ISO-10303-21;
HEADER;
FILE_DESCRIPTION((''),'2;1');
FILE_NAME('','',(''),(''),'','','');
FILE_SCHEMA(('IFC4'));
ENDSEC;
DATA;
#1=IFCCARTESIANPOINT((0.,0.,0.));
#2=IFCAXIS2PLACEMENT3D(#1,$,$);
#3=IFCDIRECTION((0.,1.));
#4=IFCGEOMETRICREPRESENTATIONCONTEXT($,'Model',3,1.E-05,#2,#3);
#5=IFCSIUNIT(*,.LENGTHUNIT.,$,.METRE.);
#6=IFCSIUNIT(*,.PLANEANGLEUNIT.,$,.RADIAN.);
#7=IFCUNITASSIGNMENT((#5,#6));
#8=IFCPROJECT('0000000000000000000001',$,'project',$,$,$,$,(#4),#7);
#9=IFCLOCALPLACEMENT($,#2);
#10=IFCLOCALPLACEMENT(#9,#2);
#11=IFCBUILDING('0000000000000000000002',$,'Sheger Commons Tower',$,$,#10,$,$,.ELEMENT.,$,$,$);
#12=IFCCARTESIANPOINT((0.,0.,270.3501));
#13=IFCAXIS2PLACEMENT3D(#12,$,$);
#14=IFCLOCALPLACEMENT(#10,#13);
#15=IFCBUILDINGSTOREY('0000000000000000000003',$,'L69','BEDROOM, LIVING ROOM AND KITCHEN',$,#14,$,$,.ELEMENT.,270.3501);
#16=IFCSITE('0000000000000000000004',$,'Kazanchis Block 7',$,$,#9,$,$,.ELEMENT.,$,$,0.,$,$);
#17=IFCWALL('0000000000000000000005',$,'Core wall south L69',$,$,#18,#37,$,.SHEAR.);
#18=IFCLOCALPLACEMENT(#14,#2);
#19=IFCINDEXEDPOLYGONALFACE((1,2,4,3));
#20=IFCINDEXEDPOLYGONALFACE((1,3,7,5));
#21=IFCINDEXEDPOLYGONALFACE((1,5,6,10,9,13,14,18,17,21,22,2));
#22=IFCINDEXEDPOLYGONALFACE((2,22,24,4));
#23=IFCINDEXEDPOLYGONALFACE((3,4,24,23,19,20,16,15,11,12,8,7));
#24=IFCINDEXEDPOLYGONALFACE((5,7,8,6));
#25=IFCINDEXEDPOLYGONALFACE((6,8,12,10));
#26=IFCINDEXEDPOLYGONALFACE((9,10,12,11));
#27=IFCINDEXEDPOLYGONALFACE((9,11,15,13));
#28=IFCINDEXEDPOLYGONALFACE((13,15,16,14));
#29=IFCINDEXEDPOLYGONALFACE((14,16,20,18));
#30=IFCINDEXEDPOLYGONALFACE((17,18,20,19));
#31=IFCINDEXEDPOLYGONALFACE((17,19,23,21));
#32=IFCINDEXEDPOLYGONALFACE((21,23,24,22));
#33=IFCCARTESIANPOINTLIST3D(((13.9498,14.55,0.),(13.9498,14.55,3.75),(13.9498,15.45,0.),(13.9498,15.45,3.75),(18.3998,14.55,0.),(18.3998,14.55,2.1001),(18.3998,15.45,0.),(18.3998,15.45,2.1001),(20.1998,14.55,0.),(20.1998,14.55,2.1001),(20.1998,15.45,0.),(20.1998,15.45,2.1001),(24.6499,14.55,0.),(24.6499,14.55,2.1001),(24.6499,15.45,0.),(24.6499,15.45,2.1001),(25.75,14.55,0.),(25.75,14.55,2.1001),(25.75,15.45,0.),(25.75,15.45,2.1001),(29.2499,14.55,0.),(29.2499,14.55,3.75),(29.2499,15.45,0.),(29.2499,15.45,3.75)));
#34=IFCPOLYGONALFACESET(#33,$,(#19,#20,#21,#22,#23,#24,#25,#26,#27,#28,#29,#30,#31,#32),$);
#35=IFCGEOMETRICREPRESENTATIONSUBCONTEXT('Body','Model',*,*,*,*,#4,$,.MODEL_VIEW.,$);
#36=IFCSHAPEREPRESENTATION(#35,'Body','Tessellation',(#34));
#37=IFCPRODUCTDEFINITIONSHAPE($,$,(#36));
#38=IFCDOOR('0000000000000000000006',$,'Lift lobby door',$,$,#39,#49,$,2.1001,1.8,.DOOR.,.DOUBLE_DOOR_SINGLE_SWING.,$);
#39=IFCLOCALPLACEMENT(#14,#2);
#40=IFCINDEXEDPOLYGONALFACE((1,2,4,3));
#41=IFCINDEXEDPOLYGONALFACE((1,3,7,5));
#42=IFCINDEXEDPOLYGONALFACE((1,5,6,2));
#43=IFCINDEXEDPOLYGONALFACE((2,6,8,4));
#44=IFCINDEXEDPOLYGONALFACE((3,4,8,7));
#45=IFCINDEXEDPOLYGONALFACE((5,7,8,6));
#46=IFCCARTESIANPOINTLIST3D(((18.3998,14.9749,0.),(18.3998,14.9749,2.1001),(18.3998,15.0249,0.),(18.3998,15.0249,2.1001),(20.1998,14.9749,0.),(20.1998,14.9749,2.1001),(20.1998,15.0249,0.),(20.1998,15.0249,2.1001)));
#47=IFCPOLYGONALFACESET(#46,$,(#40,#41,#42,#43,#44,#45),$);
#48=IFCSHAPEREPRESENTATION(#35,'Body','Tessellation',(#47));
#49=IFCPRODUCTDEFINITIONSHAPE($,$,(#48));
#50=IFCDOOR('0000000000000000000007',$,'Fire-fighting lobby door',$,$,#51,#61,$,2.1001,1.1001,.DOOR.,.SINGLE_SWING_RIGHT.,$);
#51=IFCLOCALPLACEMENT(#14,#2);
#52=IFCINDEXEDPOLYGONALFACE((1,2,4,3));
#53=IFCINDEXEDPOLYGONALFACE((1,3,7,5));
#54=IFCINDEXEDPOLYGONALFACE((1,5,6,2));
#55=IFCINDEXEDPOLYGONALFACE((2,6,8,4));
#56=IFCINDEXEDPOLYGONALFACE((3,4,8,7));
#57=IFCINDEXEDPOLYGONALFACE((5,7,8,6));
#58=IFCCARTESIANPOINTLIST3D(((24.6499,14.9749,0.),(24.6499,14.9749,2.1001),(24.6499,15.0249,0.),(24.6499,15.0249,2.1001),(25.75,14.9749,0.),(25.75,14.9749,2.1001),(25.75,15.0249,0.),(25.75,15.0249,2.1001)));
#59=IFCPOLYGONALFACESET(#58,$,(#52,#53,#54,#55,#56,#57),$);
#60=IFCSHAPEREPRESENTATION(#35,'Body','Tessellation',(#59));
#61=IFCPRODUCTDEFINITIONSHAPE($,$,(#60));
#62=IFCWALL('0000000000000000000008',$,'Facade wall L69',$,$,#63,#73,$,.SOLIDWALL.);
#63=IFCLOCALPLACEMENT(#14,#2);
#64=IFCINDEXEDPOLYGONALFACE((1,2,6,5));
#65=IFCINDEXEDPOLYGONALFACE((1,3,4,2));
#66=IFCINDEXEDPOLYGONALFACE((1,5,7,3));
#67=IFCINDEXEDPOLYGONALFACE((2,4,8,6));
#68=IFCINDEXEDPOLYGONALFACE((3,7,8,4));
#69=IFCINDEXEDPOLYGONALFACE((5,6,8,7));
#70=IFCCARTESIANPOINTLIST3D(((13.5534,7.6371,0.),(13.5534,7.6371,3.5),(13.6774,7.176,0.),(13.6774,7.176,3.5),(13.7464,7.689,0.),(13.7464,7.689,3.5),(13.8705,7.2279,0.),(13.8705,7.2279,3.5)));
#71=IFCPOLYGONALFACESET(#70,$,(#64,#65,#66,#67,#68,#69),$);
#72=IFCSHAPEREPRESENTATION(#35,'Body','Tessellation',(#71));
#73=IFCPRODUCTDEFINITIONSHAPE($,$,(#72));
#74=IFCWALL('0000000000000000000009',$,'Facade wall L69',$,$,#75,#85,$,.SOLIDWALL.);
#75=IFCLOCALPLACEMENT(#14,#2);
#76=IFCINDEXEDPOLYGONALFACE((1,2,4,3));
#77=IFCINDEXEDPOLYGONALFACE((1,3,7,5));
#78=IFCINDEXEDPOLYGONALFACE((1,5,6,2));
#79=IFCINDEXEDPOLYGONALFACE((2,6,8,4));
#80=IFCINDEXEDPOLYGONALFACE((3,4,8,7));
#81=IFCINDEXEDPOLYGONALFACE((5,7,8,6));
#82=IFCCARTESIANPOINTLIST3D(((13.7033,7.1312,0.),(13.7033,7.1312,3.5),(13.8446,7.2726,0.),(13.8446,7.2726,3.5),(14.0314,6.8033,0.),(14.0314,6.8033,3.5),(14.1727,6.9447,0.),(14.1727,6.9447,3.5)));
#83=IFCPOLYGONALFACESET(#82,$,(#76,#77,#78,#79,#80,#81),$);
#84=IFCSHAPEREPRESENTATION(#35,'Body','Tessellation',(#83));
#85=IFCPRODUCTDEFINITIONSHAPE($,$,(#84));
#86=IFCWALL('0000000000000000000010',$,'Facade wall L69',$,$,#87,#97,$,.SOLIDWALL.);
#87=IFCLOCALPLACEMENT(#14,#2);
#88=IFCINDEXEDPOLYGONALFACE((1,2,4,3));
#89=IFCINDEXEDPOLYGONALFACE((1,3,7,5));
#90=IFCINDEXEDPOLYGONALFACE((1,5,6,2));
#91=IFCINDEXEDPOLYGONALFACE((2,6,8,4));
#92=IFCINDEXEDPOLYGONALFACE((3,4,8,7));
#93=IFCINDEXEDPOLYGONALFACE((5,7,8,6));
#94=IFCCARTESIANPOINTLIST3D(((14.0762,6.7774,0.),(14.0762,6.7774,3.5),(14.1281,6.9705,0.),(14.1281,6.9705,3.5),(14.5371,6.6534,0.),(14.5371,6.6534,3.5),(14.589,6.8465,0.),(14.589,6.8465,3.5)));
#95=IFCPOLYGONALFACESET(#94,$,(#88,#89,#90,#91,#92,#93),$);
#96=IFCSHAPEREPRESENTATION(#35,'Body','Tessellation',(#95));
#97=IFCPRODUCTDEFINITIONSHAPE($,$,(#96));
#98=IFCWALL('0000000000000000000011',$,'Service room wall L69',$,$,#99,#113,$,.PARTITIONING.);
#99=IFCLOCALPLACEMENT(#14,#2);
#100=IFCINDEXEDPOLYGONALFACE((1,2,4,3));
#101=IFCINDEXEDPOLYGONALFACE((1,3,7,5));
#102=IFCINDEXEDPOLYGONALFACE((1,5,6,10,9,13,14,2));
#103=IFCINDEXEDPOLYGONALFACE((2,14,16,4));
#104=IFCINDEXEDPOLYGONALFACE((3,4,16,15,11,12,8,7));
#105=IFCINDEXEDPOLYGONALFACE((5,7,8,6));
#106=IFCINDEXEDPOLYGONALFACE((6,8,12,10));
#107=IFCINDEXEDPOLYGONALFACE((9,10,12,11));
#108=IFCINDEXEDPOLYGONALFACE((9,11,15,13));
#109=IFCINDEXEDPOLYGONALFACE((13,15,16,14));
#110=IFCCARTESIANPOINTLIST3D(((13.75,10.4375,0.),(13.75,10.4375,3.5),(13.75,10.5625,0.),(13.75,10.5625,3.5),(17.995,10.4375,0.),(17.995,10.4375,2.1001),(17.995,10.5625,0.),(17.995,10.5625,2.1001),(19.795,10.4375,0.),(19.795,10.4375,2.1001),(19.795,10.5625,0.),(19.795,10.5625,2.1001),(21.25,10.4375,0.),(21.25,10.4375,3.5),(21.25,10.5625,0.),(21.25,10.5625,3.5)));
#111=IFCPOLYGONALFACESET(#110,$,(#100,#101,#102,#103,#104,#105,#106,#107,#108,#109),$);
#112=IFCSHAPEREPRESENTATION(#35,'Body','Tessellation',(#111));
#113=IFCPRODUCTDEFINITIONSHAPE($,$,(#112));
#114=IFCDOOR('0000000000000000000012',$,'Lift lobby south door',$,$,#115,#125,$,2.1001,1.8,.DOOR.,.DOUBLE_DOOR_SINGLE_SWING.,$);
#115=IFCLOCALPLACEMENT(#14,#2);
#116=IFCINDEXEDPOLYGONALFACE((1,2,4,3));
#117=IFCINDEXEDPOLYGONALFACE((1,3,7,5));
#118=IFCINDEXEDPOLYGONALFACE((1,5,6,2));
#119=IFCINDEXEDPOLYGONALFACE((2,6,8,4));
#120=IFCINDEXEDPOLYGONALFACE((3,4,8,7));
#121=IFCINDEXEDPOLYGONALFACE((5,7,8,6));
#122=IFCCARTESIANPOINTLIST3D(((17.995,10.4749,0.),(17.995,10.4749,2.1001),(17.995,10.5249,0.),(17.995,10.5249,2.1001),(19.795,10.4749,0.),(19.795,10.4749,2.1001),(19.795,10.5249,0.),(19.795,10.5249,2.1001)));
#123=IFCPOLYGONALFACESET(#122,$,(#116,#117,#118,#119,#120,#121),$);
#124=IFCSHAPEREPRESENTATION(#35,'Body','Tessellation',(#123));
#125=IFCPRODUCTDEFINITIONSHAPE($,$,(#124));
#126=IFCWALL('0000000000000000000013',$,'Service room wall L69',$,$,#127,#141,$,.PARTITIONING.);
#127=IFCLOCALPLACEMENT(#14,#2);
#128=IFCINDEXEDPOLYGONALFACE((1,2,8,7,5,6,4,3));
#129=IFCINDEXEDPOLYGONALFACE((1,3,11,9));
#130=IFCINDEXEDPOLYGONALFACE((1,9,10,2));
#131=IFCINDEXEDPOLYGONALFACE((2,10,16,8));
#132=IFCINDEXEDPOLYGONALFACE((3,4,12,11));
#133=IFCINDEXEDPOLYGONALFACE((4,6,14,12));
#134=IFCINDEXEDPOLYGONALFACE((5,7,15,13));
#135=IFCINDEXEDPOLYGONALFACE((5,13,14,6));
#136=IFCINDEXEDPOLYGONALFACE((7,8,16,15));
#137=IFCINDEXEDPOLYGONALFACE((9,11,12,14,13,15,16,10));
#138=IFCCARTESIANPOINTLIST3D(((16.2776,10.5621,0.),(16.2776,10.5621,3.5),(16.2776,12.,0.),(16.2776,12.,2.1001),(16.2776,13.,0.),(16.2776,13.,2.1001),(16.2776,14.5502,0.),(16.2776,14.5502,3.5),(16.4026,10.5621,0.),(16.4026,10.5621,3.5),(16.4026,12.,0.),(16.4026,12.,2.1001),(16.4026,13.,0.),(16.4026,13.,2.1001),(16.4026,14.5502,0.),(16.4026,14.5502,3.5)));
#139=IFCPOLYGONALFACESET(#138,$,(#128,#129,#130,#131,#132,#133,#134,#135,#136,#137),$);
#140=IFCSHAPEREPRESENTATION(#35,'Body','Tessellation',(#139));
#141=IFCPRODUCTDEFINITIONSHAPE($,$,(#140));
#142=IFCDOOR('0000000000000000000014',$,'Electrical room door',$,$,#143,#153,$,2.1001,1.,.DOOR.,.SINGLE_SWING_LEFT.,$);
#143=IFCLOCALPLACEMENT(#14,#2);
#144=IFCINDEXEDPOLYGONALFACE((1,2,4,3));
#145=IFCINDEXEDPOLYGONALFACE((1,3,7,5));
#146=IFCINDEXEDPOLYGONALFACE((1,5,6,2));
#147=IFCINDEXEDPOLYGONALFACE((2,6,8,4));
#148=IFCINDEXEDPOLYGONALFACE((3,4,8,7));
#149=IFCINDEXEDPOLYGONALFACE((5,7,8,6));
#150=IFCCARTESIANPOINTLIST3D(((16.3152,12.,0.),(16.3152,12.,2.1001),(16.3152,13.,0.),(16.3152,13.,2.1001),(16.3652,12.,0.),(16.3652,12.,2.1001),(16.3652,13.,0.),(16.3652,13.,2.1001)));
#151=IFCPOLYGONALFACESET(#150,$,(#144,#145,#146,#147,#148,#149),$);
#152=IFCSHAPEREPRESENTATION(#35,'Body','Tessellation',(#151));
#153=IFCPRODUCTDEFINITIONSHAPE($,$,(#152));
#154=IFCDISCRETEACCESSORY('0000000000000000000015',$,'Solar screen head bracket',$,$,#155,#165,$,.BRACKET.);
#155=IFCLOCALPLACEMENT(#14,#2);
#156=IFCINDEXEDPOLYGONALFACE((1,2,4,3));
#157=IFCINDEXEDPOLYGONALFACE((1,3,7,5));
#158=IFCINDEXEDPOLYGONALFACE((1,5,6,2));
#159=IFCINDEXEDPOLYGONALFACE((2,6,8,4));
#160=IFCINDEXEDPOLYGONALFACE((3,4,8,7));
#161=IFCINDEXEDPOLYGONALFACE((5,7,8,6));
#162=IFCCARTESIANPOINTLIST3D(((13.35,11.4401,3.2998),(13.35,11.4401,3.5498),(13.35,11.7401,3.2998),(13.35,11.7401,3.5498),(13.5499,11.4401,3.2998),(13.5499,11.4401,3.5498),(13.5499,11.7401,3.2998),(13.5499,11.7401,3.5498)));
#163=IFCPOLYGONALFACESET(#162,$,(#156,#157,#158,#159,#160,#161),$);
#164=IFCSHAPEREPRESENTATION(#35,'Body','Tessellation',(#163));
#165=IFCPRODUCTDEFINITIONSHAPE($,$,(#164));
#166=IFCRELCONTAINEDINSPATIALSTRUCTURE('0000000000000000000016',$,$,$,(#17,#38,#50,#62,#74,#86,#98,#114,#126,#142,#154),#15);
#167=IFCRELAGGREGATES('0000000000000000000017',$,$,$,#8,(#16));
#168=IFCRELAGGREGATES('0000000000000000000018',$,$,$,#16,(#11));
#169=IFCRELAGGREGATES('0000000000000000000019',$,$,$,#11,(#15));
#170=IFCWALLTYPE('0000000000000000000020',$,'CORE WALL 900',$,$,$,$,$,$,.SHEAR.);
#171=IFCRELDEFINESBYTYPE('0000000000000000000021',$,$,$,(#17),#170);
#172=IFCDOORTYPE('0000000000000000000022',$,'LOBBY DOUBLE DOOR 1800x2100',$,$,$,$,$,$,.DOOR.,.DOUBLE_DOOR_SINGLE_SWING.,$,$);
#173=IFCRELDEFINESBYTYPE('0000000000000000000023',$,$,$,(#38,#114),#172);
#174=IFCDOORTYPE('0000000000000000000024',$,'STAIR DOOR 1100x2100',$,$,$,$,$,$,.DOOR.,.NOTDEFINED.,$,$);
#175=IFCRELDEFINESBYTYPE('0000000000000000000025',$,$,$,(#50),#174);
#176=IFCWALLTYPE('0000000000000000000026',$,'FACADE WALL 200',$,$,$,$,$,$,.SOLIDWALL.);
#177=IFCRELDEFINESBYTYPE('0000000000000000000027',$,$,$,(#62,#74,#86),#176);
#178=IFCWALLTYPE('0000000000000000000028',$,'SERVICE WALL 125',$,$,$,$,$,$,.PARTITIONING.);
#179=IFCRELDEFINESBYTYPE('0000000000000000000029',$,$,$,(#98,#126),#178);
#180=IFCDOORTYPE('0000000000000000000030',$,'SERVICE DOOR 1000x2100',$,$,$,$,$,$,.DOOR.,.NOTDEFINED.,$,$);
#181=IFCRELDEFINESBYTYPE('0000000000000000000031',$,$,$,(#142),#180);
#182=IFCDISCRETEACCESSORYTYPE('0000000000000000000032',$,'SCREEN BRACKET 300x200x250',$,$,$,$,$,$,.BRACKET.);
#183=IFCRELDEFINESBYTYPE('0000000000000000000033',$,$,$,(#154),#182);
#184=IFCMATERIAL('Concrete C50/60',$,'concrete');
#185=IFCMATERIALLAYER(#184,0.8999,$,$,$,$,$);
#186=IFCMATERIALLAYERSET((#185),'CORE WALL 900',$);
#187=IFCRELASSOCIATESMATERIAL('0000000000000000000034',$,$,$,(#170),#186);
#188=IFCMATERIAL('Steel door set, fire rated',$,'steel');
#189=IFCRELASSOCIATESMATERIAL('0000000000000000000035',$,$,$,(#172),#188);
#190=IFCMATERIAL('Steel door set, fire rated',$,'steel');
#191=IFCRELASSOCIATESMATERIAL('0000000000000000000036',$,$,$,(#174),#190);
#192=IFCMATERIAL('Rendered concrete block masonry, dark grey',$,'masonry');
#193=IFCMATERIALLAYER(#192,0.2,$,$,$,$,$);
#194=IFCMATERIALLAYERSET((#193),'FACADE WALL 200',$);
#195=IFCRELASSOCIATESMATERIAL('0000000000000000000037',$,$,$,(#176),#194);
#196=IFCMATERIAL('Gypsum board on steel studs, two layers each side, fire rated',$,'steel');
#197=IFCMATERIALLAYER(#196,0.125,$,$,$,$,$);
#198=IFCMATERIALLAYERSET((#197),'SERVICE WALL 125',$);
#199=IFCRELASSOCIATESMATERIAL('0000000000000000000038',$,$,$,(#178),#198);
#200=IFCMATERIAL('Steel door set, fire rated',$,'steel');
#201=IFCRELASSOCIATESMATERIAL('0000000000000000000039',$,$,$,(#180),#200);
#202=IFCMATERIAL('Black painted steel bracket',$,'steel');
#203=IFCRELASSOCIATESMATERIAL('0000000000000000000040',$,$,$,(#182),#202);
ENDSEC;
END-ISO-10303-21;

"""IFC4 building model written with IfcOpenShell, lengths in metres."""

from ifc_helpers import new_model, si_unit, direction, frame, frame_2d, origin, origin_2d, place, context, subcontext, project, spatial, rectangle, extrude, material, layer, layer_set, type_object, element, fill, save


model = new_model("IFC4")

# Units and contexts
model_context = context("Model", 3, precision=1e-05, world=origin(), true_north=direction((0.0, 1.0)))
body_context = subcontext(model_context, "Body", "Model", "MODEL_VIEW")
ifc_project = project(units=[si_unit("LENGTHUNIT", "METRE"), si_unit("PLANEANGLEUNIT", "RADIAN")], contexts=[model_context])

# Site, building, storey
site_placement = place(None, origin())
site = spatial("IfcSite", under=ifc_project, at=site_placement, Name="Kazanchis Block 7", CompositionType="ELEMENT", RefElevation=0.0)
building_placement = place(site_placement, origin())
building = spatial("IfcBuilding", under=site, at=building_placement, Name="Sheger Commons Tower", CompositionType="ELEMENT")
storey_placement = place(building_placement, frame((0.0, 0.0, 270.3501)))
storey = spatial("IfcBuildingStorey", under=building, at=storey_placement, Name="L69", Description="BEDROOM, LIVING ROOM AND KITCHEN", CompositionType="ELEMENT", Elevation=270.3501)

# Wall, openings, doors
ifc_material_1 = material(Name="Concrete C50/60", Category="concrete")
ifc_layer_1 = layer(ifc_material_1, 0.8999)
ifc_layer_set_1 = layer_set([ifc_layer_1], Name="CORE WALL 900")
wall_type_1 = type_object("IfcWallType", Name="CORE WALL 900", PredefinedType="SHEAR", material=ifc_layer_set_1)
wall_1_placement = place(storey_placement, frame((13.95, 15.0, 0.0), z_axis=(0.0, 0.0, 1.0), x_axis=(1.0, 0.0, 0.0)))
wall_1 = element("IfcWall", 1, at=wall_1_placement, inside=storey, type_object=wall_type_1, Name="Core wall south L69", PredefinedType="SHEAR", context=body_context, shape_type="SweptSolid", body=[
    extrude(rectangle(XDim=15.3, YDim=0.8999, at=frame_2d((7.6499, 0.0))), origin(), (0.0, 0.0, 1.0), 3.75),
])
opening_1_placement = place(wall_1_placement, frame((4.45, 0.0, 0.0)))
opening_1 = element("IfcOpeningElement", 2, at=opening_1_placement, cuts=wall_1, PredefinedType="OPENING", context=body_context, shape_type="SweptSolid", body=[
    extrude(rectangle(XDim=1.8, YDim=2.1001, at=frame_2d((0.8999, 1.05))), frame((0.0, 0.46, 0.0), z_axis=(0.0, -1.0, 0.0), x_axis=(1.0, 0.0, 0.0)), (0.0, 0.0, 1.0), 0.9199),
])
opening_2_placement = place(wall_1_placement, frame((10.7, 0.0, 0.0)))
opening_2 = element("IfcOpeningElement", 3, at=opening_2_placement, cuts=wall_1, PredefinedType="OPENING", context=body_context, shape_type="SweptSolid", body=[
    extrude(rectangle(XDim=1.1001, YDim=2.1001, at=frame_2d((0.55, 1.05))), frame((0.0, 0.46, 0.0), z_axis=(0.0, -1.0, 0.0), x_axis=(1.0, 0.0, 0.0)), (0.0, 0.0, 1.0), 0.9199),
])
ifc_material_2 = material(Name="Steel door set, fire rated", Category="steel")
door_type_1 = type_object("IfcDoorType", Name="LOBBY DOUBLE DOOR 1800x2100", OperationType="DOUBLE_DOOR_SINGLE_SWING", PredefinedType="DOOR", material=ifc_material_2)
door_1_placement = place(opening_1_placement, origin())
door_1 = element("IfcDoor", 4, at=door_1_placement, inside=storey, type_object=door_type_1, Name="Lift lobby door", OperationType="DOUBLE_DOOR_SINGLE_SWING", OverallHeight=2.1001, OverallWidth=1.8, PredefinedType="DOOR", context=body_context, shape_type="SweptSolid", body=[
    extrude(rectangle(XDim=1.8, YDim=2.1001, at=frame_2d((0.8999, 1.05))), frame((0.0, 0.0249, 0.0), z_axis=(0.0, -1.0, 0.0), x_axis=(1.0, 0.0, 0.0)), (0.0, 0.0, 1.0), 0.05),
])
fill(opening_1, door_1)
ifc_material_3 = material(Name="Steel door set, fire rated", Category="steel")
door_type_2 = type_object("IfcDoorType", Name="STAIR DOOR 1100x2100", OperationType="NOTDEFINED", PredefinedType="DOOR", material=ifc_material_3)
door_2_placement = place(opening_2_placement, origin())
door_2 = element("IfcDoor", 5, at=door_2_placement, inside=storey, type_object=door_type_2, Name="Fire-fighting lobby door", OperationType="SINGLE_SWING_RIGHT", OverallHeight=2.1001, OverallWidth=1.1001, PredefinedType="DOOR", context=body_context, shape_type="SweptSolid", body=[
    extrude(rectangle(XDim=1.1001, YDim=2.1001, at=frame_2d((0.55, 1.05))), frame((0.0, 0.0249, 0.0), z_axis=(0.0, -1.0, 0.0), x_axis=(1.0, 0.0, 0.0)), (0.0, 0.0, 1.0), 0.05),
])
fill(opening_2, door_2)

# Walls
ifc_material_4 = material(Name="Rendered concrete block masonry, dark grey", Category="masonry")
ifc_layer_2 = layer(ifc_material_4, 0.2)
ifc_layer_set_2 = layer_set([ifc_layer_2], Name="FACADE WALL 200")
wall_type_2 = type_object("IfcWallType", Name="FACADE WALL 200", PredefinedType="SOLIDWALL", material=ifc_layer_set_2)
wall_2_placement = place(storey_placement, frame((13.6499, 7.6631, 0.0), z_axis=(0.0, 0.0, 1.0), x_axis=(0.259698, -0.96569, 0.0)))
element("IfcWall", 6, at=wall_2_placement, inside=storey, type_object=wall_type_2, Name="Facade wall L69", PredefinedType="SOLIDWALL", context=body_context, shape_type="SweptSolid", body=[
    extrude(rectangle(XDim=0.4775, YDim=0.2, at=frame_2d((0.2388, 0.0))), origin(), (0.0, 0.0, 1.0), 3.5),
])
wall_3_placement = place(storey_placement, frame((13.7739, 7.2019, 0.0), z_axis=(0.0, 0.0, 1.0), x_axis=(0.70737, -0.706844, 0.0)))
element("IfcWall", 7, at=wall_3_placement, inside=storey, type_object=wall_type_2, Name="Facade wall L69", PredefinedType="SOLIDWALL", context=body_context, shape_type="SweptSolid", body=[
    extrude(rectangle(XDim=0.4639, YDim=0.2, at=frame_2d((0.2319, 0.0))), origin(), (0.0, 0.0, 1.0), 3.5),
])
wall_4_placement = place(storey_placement, frame((14.1021, 6.874, 0.0), z_axis=(0.0, 0.0, 1.0), x_axis=(0.965655, -0.259827, 0.0)))
element("IfcWall", 8, at=wall_4_placement, inside=storey, type_object=wall_type_2, Name="Facade wall L69", PredefinedType="SOLIDWALL", context=body_context, shape_type="SweptSolid", body=[
    extrude(rectangle(XDim=0.4773, YDim=0.2, at=frame_2d((0.2388, 0.0))), origin(), (0.0, 0.0, 1.0), 3.5),
])

# Walls, openings, doors
ifc_material_5 = material(Name="Gypsum board on steel studs, two layers each side, fire rated", Category="steel")
ifc_layer_3 = layer(ifc_material_5, 0.125)
ifc_layer_set_3 = layer_set([ifc_layer_3], Name="SERVICE WALL 125")
wall_type_3 = type_object("IfcWallType", Name="SERVICE WALL 125", PredefinedType="PARTITIONING", material=ifc_layer_set_3)
wall_5_placement = place(storey_placement, frame((13.75, 10.5, 0.0), z_axis=(0.0, 0.0, 1.0), x_axis=(1.0, 0.0, 0.0)))
wall_5 = element("IfcWall", 9, at=wall_5_placement, inside=storey, type_object=wall_type_3, Name="Service room wall L69", PredefinedType="PARTITIONING", context=body_context, shape_type="SweptSolid", body=[
    extrude(rectangle(XDim=7.5, YDim=0.125, at=frame_2d((3.75, 0.0))), origin(), (0.0, 0.0, 1.0), 3.5),
])
opening_3_placement = place(wall_5_placement, frame((4.2451, 0.0, 0.0)))
opening_3 = element("IfcOpeningElement", 10, at=opening_3_placement, cuts=wall_5, PredefinedType="OPENING", context=body_context, shape_type="SweptSolid", body=[
    extrude(rectangle(XDim=1.8, YDim=2.1001, at=frame_2d((0.8999, 1.05))), frame((0.0, 0.0725, 0.0), z_axis=(0.0, -1.0, 0.0), x_axis=(1.0, 0.0, 0.0)), (0.0, 0.0, 1.0), 0.145),
])
door_3_placement = place(opening_3_placement, origin())
door_3 = element("IfcDoor", 11, at=door_3_placement, inside=storey, type_object=door_type_1, Name="Lift lobby south door", OperationType="DOUBLE_DOOR_SINGLE_SWING", OverallHeight=2.1001, OverallWidth=1.8, PredefinedType="DOOR", context=body_context, shape_type="SweptSolid", body=[
    extrude(rectangle(XDim=1.8, YDim=2.1001, at=frame_2d((0.8999, 1.05))), frame((0.0, 0.0249, 0.0), z_axis=(0.0, -1.0, 0.0), x_axis=(1.0, 0.0, 0.0)), (0.0, 0.0, 1.0), 0.05),
])
fill(opening_3, door_3)
wall_6_placement = place(storey_placement, frame((16.3401, 10.562, 0.0), z_axis=(0.0, 0.0, 1.0), x_axis=(0.0, 1.0, 0.0)))
wall_6 = element("IfcWall", 12, at=wall_6_placement, inside=storey, type_object=wall_type_3, Name="Service room wall L69", PredefinedType="PARTITIONING", context=body_context, shape_type="SweptSolid", body=[
    extrude(rectangle(XDim=3.988, YDim=0.125, at=frame_2d((1.9941, 0.0))), origin(), (0.0, 0.0, 1.0), 3.5),
])
opening_4_placement = place(wall_6_placement, frame((1.438, 0.0, 0.0)))
opening_4 = element("IfcOpeningElement", 13, at=opening_4_placement, cuts=wall_6, PredefinedType="OPENING", context=body_context, shape_type="SweptSolid", body=[
    extrude(rectangle(XDim=1.0, YDim=2.1001, at=frame_2d((0.5, 1.05))), frame((0.0, 0.0725, 0.0), z_axis=(0.0, -1.0, 0.0), x_axis=(1.0, 0.0, 0.0)), (0.0, 0.0, 1.0), 0.145),
])
ifc_material_6 = material(Name="Steel door set, fire rated", Category="steel")
door_type_3 = type_object("IfcDoorType", Name="SERVICE DOOR 1000x2100", OperationType="NOTDEFINED", PredefinedType="DOOR", material=ifc_material_6)
door_4_placement = place(opening_4_placement, origin())
door_4 = element("IfcDoor", 14, at=door_4_placement, inside=storey, type_object=door_type_3, Name="Electrical room door", OperationType="SINGLE_SWING_LEFT", OverallHeight=2.1001, OverallWidth=1.0, PredefinedType="DOOR", context=body_context, shape_type="SweptSolid", body=[
    extrude(rectangle(XDim=1.0, YDim=2.1001, at=frame_2d((0.5, 1.05))), frame((0.0, 0.0249, 0.0), z_axis=(0.0, -1.0, 0.0), x_axis=(1.0, 0.0, 0.0)), (0.0, 0.0, 1.0), 0.05),
])
fill(opening_4, door_4)

# Discrete accessory
ifc_material_7 = material(Name="Black painted steel bracket", Category="steel")
discrete_accessory_type = type_object("IfcDiscreteAccessoryType", Name="SCREEN BRACKET 300x200x250", PredefinedType="BRACKET", material=ifc_material_7)
discrete_accessory_placement = place(storey_placement, frame((13.45, 11.5901, 3.2998), z_axis=(0.0, 0.0, 1.0), x_axis=(0.0, -1.0, 0.0)))
element("IfcDiscreteAccessory", 15, at=discrete_accessory_placement, inside=storey, type_object=discrete_accessory_type, Name="Solar screen head bracket", PredefinedType="BRACKET", context=body_context, shape_type="SweptSolid", body=[
    extrude(rectangle(XDim=0.3, YDim=0.2, at=origin_2d()), origin(), (0.0, 0.0, 1.0), 0.25),
])

save(model, "model.ifc")
